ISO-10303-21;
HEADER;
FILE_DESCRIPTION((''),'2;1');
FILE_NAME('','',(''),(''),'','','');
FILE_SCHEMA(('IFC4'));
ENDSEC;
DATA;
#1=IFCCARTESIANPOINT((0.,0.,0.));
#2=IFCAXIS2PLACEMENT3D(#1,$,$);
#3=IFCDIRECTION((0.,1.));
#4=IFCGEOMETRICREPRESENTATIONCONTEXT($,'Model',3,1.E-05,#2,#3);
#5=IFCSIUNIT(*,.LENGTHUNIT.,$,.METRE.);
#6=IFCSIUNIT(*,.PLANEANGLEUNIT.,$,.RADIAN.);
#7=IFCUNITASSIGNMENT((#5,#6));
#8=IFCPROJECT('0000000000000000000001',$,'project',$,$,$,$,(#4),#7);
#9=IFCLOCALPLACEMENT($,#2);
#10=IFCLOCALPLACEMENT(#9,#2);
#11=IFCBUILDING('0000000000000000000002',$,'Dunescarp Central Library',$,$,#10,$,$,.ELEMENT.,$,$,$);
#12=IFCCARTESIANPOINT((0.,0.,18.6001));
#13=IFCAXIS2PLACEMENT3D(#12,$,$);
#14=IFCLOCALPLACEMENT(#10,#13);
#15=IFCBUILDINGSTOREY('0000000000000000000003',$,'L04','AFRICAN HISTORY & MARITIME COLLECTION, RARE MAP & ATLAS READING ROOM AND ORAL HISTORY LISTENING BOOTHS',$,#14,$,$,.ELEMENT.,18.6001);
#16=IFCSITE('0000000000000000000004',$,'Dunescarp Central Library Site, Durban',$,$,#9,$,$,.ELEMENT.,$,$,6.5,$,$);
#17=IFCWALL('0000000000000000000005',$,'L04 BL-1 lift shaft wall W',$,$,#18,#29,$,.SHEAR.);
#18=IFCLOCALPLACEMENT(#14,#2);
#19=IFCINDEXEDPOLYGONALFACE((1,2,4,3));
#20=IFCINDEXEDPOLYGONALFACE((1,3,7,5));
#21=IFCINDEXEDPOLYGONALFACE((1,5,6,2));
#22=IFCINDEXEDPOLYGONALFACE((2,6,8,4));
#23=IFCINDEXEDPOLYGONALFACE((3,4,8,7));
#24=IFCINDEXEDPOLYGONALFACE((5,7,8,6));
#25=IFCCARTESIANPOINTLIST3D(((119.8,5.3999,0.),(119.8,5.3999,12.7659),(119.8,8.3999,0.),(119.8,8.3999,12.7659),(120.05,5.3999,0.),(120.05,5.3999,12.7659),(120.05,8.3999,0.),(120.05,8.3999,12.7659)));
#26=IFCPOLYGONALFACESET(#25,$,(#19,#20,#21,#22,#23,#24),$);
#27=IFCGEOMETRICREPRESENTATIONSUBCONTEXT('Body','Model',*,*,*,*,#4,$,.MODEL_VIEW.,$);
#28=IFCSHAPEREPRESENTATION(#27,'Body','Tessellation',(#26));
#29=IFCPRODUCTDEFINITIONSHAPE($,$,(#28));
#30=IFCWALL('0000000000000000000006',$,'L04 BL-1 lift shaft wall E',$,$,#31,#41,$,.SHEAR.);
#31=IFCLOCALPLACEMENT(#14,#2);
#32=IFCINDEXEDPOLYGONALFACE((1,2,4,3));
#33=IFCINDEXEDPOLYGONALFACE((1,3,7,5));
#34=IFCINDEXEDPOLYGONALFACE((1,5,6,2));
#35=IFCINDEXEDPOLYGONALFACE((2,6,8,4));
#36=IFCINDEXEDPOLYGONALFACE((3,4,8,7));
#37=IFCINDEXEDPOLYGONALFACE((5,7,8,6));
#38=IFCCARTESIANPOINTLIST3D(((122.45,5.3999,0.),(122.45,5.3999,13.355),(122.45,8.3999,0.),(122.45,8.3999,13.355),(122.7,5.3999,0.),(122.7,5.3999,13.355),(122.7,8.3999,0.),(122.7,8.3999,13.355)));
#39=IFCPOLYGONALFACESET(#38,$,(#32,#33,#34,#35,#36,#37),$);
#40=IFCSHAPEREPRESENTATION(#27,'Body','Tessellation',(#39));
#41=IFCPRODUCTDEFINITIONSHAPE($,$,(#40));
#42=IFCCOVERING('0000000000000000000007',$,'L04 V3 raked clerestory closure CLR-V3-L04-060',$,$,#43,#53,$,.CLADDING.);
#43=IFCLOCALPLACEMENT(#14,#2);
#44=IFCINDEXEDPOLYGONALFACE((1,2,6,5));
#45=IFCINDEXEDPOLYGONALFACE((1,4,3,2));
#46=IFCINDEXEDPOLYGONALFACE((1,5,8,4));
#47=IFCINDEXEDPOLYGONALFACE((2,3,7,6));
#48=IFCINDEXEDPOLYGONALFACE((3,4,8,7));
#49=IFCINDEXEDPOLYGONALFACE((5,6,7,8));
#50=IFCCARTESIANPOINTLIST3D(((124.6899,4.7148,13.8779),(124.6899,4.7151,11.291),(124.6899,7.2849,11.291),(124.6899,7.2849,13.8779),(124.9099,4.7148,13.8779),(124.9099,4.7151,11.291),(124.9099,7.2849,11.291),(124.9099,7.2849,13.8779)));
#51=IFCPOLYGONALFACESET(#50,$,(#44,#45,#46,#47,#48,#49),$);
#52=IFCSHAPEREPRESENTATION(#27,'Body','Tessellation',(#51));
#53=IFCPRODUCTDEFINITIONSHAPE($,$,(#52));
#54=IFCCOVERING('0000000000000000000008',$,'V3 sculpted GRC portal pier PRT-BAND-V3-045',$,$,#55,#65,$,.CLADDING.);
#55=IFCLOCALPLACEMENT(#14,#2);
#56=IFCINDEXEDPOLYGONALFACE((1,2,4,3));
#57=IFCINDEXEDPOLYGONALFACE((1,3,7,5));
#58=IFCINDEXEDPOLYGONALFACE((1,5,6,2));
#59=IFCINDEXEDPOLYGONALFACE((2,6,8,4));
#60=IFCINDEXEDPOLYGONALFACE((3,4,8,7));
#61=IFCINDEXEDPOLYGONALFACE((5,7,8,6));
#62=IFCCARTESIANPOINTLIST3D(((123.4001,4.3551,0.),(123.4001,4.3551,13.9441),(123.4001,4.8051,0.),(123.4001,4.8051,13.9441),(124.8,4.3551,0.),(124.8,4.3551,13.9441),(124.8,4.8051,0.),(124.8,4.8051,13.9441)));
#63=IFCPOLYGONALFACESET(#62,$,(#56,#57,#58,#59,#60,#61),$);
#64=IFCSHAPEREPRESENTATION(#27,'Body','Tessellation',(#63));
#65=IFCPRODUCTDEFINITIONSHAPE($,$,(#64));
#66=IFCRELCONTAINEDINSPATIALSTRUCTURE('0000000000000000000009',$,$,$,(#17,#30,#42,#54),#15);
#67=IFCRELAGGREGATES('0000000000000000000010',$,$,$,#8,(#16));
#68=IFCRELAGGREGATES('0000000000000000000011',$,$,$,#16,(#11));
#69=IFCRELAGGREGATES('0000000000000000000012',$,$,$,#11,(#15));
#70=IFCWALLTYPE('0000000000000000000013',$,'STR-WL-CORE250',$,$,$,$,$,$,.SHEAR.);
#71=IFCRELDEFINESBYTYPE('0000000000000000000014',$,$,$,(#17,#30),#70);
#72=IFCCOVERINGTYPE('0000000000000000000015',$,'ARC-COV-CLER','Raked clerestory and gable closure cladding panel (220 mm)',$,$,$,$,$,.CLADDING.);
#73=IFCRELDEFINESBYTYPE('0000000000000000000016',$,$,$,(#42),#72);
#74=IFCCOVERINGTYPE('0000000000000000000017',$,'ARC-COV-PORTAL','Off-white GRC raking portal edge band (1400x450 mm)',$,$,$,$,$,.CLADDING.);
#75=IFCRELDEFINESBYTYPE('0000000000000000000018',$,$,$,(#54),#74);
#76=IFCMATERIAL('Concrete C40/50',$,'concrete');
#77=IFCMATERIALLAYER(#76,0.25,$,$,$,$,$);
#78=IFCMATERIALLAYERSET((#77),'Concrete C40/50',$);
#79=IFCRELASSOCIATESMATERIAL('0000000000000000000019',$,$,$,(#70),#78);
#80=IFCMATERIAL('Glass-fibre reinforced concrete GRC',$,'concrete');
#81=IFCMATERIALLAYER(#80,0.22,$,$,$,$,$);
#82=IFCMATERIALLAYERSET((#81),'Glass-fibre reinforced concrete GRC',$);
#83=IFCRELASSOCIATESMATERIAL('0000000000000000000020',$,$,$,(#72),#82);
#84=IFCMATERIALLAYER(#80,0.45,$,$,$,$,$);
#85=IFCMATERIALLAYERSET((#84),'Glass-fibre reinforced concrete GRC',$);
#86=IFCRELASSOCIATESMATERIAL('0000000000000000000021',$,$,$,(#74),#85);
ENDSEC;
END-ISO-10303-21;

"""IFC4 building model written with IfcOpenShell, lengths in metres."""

from ifc_helpers import new_model, si_unit, direction, frame, frame_2d, origin, origin_2d, place, context, subcontext, project, spatial, polyline, rectangle, outline, extrude, material, layer, layer_set, type_object, element, save


model = new_model("IFC4")

# Units and contexts
model_context = context("Model", 3, precision=1e-05, world=origin(), true_north=direction((0.0, 1.0)))
body_context = subcontext(model_context, "Body", "Model", "MODEL_VIEW")
ifc_project = project(units=[si_unit("LENGTHUNIT", "METRE"), si_unit("PLANEANGLEUNIT", "RADIAN")], contexts=[model_context])

# Site, building, storey
site_placement = place(None, origin())
site = spatial("IfcSite", under=ifc_project, at=site_placement, Name="Dunescarp Central Library Site, Durban", CompositionType="ELEMENT", RefElevation=6.5)
building_placement = place(site_placement, origin())
building = spatial("IfcBuilding", under=site, at=building_placement, Name="Dunescarp Central Library", CompositionType="ELEMENT")
storey_placement = place(building_placement, frame((0.0, 0.0, 18.6001)))
storey = spatial("IfcBuildingStorey", under=building, at=storey_placement, Name="L04", Description="AFRICAN HISTORY & MARITIME COLLECTION, RARE MAP & ATLAS READING ROOM AND ORAL HISTORY LISTENING BOOTHS", CompositionType="ELEMENT", Elevation=18.6001)

# Shared definitions
ifc_material_1 = material(Name="Glass-fibre reinforced concrete GRC", Category="concrete")
ifc_material_2 = material(Name="Concrete C40/50", Category="concrete")
ifc_layer_1 = layer(ifc_material_2, 0.25)
ifc_layer_set_1 = layer_set([ifc_layer_1], Name="Concrete C40/50")
wall_type_1 = type_object("IfcWallType", Name="STR-WL-CORE250", PredefinedType="SHEAR", material=ifc_layer_set_1)

# Walls
wall_1_placement = place(storey_placement, frame((119.925, 5.3999, 0.0), z_axis=(0.0, 0.0, 1.0), x_axis=(0.0, 1.0, 0.0)))
element("IfcWall", 1, at=wall_1_placement, inside=storey, type_object=wall_type_1, Name="L04 BL-1 lift shaft wall W", PredefinedType="SHEAR", context=body_context, shape_type="SweptSolid", body=[
    extrude(rectangle(XDim=3.0, YDim=0.25, at=frame_2d((1.5, 0.0))), origin(), (0.0, 0.0, 1.0), 12.7659),
])
wall_2_placement = place(storey_placement, frame((122.575, 8.3999, 0.0), z_axis=(0.0, 0.0, 1.0), x_axis=(0.0, -1.0, 0.0)))
element("IfcWall", 2, at=wall_2_placement, inside=storey, type_object=wall_type_1, Name="L04 BL-1 lift shaft wall E", PredefinedType="SHEAR", context=body_context, shape_type="SweptSolid", body=[
    extrude(rectangle(XDim=3.0, YDim=0.25, at=frame_2d((1.5, 0.0))), origin(), (0.0, 0.0, 1.0), 13.355),
])

# Coverings
ifc_layer_2 = layer(ifc_material_1, 0.22)
ifc_layer_set_2 = layer_set([ifc_layer_2], Name="Glass-fibre reinforced concrete GRC")
covering_type_1 = type_object("IfcCoveringType", Name="ARC-COV-CLER", Description="Raked clerestory and gable closure cladding panel (220 mm)", PredefinedType="CLADDING", material=ifc_layer_set_2)
covering_1_placement = place(storey_placement, frame((124.8, 7.2849, 11.291), z_axis=(0.0, 0.0, 1.0), x_axis=(0.0, -1.0, 0.0)))
element("IfcCovering", 3, at=covering_1_placement, inside=storey, type_object=covering_type_1, Name="L04 V3 raked clerestory closure CLR-V3-L04-060", PredefinedType="CLADDING", context=body_context, shape_type="SweptSolid", body=[
    extrude(outline(polyline([(0.0, 0.0), (2.5698, 0.0), (2.5701, 2.5869), (0.0, 2.5869), (0.0, 0.0)])), frame((0.0, 0.1099, 0.0), z_axis=(0.0, -1.0, 0.0), x_axis=(1.0, 0.0, 0.0)), (0.0, 0.0, 1.0), 0.22),
])
ifc_layer_3 = layer(ifc_material_1, 0.45)
ifc_layer_set_3 = layer_set([ifc_layer_3], Name="Glass-fibre reinforced concrete GRC")
covering_type_2 = type_object("IfcCoveringType", Name="ARC-COV-PORTAL", Description="Off-white GRC raking portal edge band (1400x450 mm)", PredefinedType="CLADDING", material=ifc_layer_set_3)
covering_2_placement = place(storey_placement, frame((124.1001, 4.5801, 0.0), z_axis=(0.0, 0.0, 1.0), x_axis=(1.0, 0.0, 0.0)))
element("IfcCovering", 4, at=covering_2_placement, inside=storey, type_object=covering_type_2, Name="V3 sculpted GRC portal pier PRT-BAND-V3-045", PredefinedType="CLADDING", context=body_context, shape_type="SweptSolid", body=[
    extrude(rectangle(XDim=1.3999, YDim=0.45, at=origin_2d()), origin(), (0.0, 0.0, 1.0), 13.9441),
])

save(model, "model.ifc")
